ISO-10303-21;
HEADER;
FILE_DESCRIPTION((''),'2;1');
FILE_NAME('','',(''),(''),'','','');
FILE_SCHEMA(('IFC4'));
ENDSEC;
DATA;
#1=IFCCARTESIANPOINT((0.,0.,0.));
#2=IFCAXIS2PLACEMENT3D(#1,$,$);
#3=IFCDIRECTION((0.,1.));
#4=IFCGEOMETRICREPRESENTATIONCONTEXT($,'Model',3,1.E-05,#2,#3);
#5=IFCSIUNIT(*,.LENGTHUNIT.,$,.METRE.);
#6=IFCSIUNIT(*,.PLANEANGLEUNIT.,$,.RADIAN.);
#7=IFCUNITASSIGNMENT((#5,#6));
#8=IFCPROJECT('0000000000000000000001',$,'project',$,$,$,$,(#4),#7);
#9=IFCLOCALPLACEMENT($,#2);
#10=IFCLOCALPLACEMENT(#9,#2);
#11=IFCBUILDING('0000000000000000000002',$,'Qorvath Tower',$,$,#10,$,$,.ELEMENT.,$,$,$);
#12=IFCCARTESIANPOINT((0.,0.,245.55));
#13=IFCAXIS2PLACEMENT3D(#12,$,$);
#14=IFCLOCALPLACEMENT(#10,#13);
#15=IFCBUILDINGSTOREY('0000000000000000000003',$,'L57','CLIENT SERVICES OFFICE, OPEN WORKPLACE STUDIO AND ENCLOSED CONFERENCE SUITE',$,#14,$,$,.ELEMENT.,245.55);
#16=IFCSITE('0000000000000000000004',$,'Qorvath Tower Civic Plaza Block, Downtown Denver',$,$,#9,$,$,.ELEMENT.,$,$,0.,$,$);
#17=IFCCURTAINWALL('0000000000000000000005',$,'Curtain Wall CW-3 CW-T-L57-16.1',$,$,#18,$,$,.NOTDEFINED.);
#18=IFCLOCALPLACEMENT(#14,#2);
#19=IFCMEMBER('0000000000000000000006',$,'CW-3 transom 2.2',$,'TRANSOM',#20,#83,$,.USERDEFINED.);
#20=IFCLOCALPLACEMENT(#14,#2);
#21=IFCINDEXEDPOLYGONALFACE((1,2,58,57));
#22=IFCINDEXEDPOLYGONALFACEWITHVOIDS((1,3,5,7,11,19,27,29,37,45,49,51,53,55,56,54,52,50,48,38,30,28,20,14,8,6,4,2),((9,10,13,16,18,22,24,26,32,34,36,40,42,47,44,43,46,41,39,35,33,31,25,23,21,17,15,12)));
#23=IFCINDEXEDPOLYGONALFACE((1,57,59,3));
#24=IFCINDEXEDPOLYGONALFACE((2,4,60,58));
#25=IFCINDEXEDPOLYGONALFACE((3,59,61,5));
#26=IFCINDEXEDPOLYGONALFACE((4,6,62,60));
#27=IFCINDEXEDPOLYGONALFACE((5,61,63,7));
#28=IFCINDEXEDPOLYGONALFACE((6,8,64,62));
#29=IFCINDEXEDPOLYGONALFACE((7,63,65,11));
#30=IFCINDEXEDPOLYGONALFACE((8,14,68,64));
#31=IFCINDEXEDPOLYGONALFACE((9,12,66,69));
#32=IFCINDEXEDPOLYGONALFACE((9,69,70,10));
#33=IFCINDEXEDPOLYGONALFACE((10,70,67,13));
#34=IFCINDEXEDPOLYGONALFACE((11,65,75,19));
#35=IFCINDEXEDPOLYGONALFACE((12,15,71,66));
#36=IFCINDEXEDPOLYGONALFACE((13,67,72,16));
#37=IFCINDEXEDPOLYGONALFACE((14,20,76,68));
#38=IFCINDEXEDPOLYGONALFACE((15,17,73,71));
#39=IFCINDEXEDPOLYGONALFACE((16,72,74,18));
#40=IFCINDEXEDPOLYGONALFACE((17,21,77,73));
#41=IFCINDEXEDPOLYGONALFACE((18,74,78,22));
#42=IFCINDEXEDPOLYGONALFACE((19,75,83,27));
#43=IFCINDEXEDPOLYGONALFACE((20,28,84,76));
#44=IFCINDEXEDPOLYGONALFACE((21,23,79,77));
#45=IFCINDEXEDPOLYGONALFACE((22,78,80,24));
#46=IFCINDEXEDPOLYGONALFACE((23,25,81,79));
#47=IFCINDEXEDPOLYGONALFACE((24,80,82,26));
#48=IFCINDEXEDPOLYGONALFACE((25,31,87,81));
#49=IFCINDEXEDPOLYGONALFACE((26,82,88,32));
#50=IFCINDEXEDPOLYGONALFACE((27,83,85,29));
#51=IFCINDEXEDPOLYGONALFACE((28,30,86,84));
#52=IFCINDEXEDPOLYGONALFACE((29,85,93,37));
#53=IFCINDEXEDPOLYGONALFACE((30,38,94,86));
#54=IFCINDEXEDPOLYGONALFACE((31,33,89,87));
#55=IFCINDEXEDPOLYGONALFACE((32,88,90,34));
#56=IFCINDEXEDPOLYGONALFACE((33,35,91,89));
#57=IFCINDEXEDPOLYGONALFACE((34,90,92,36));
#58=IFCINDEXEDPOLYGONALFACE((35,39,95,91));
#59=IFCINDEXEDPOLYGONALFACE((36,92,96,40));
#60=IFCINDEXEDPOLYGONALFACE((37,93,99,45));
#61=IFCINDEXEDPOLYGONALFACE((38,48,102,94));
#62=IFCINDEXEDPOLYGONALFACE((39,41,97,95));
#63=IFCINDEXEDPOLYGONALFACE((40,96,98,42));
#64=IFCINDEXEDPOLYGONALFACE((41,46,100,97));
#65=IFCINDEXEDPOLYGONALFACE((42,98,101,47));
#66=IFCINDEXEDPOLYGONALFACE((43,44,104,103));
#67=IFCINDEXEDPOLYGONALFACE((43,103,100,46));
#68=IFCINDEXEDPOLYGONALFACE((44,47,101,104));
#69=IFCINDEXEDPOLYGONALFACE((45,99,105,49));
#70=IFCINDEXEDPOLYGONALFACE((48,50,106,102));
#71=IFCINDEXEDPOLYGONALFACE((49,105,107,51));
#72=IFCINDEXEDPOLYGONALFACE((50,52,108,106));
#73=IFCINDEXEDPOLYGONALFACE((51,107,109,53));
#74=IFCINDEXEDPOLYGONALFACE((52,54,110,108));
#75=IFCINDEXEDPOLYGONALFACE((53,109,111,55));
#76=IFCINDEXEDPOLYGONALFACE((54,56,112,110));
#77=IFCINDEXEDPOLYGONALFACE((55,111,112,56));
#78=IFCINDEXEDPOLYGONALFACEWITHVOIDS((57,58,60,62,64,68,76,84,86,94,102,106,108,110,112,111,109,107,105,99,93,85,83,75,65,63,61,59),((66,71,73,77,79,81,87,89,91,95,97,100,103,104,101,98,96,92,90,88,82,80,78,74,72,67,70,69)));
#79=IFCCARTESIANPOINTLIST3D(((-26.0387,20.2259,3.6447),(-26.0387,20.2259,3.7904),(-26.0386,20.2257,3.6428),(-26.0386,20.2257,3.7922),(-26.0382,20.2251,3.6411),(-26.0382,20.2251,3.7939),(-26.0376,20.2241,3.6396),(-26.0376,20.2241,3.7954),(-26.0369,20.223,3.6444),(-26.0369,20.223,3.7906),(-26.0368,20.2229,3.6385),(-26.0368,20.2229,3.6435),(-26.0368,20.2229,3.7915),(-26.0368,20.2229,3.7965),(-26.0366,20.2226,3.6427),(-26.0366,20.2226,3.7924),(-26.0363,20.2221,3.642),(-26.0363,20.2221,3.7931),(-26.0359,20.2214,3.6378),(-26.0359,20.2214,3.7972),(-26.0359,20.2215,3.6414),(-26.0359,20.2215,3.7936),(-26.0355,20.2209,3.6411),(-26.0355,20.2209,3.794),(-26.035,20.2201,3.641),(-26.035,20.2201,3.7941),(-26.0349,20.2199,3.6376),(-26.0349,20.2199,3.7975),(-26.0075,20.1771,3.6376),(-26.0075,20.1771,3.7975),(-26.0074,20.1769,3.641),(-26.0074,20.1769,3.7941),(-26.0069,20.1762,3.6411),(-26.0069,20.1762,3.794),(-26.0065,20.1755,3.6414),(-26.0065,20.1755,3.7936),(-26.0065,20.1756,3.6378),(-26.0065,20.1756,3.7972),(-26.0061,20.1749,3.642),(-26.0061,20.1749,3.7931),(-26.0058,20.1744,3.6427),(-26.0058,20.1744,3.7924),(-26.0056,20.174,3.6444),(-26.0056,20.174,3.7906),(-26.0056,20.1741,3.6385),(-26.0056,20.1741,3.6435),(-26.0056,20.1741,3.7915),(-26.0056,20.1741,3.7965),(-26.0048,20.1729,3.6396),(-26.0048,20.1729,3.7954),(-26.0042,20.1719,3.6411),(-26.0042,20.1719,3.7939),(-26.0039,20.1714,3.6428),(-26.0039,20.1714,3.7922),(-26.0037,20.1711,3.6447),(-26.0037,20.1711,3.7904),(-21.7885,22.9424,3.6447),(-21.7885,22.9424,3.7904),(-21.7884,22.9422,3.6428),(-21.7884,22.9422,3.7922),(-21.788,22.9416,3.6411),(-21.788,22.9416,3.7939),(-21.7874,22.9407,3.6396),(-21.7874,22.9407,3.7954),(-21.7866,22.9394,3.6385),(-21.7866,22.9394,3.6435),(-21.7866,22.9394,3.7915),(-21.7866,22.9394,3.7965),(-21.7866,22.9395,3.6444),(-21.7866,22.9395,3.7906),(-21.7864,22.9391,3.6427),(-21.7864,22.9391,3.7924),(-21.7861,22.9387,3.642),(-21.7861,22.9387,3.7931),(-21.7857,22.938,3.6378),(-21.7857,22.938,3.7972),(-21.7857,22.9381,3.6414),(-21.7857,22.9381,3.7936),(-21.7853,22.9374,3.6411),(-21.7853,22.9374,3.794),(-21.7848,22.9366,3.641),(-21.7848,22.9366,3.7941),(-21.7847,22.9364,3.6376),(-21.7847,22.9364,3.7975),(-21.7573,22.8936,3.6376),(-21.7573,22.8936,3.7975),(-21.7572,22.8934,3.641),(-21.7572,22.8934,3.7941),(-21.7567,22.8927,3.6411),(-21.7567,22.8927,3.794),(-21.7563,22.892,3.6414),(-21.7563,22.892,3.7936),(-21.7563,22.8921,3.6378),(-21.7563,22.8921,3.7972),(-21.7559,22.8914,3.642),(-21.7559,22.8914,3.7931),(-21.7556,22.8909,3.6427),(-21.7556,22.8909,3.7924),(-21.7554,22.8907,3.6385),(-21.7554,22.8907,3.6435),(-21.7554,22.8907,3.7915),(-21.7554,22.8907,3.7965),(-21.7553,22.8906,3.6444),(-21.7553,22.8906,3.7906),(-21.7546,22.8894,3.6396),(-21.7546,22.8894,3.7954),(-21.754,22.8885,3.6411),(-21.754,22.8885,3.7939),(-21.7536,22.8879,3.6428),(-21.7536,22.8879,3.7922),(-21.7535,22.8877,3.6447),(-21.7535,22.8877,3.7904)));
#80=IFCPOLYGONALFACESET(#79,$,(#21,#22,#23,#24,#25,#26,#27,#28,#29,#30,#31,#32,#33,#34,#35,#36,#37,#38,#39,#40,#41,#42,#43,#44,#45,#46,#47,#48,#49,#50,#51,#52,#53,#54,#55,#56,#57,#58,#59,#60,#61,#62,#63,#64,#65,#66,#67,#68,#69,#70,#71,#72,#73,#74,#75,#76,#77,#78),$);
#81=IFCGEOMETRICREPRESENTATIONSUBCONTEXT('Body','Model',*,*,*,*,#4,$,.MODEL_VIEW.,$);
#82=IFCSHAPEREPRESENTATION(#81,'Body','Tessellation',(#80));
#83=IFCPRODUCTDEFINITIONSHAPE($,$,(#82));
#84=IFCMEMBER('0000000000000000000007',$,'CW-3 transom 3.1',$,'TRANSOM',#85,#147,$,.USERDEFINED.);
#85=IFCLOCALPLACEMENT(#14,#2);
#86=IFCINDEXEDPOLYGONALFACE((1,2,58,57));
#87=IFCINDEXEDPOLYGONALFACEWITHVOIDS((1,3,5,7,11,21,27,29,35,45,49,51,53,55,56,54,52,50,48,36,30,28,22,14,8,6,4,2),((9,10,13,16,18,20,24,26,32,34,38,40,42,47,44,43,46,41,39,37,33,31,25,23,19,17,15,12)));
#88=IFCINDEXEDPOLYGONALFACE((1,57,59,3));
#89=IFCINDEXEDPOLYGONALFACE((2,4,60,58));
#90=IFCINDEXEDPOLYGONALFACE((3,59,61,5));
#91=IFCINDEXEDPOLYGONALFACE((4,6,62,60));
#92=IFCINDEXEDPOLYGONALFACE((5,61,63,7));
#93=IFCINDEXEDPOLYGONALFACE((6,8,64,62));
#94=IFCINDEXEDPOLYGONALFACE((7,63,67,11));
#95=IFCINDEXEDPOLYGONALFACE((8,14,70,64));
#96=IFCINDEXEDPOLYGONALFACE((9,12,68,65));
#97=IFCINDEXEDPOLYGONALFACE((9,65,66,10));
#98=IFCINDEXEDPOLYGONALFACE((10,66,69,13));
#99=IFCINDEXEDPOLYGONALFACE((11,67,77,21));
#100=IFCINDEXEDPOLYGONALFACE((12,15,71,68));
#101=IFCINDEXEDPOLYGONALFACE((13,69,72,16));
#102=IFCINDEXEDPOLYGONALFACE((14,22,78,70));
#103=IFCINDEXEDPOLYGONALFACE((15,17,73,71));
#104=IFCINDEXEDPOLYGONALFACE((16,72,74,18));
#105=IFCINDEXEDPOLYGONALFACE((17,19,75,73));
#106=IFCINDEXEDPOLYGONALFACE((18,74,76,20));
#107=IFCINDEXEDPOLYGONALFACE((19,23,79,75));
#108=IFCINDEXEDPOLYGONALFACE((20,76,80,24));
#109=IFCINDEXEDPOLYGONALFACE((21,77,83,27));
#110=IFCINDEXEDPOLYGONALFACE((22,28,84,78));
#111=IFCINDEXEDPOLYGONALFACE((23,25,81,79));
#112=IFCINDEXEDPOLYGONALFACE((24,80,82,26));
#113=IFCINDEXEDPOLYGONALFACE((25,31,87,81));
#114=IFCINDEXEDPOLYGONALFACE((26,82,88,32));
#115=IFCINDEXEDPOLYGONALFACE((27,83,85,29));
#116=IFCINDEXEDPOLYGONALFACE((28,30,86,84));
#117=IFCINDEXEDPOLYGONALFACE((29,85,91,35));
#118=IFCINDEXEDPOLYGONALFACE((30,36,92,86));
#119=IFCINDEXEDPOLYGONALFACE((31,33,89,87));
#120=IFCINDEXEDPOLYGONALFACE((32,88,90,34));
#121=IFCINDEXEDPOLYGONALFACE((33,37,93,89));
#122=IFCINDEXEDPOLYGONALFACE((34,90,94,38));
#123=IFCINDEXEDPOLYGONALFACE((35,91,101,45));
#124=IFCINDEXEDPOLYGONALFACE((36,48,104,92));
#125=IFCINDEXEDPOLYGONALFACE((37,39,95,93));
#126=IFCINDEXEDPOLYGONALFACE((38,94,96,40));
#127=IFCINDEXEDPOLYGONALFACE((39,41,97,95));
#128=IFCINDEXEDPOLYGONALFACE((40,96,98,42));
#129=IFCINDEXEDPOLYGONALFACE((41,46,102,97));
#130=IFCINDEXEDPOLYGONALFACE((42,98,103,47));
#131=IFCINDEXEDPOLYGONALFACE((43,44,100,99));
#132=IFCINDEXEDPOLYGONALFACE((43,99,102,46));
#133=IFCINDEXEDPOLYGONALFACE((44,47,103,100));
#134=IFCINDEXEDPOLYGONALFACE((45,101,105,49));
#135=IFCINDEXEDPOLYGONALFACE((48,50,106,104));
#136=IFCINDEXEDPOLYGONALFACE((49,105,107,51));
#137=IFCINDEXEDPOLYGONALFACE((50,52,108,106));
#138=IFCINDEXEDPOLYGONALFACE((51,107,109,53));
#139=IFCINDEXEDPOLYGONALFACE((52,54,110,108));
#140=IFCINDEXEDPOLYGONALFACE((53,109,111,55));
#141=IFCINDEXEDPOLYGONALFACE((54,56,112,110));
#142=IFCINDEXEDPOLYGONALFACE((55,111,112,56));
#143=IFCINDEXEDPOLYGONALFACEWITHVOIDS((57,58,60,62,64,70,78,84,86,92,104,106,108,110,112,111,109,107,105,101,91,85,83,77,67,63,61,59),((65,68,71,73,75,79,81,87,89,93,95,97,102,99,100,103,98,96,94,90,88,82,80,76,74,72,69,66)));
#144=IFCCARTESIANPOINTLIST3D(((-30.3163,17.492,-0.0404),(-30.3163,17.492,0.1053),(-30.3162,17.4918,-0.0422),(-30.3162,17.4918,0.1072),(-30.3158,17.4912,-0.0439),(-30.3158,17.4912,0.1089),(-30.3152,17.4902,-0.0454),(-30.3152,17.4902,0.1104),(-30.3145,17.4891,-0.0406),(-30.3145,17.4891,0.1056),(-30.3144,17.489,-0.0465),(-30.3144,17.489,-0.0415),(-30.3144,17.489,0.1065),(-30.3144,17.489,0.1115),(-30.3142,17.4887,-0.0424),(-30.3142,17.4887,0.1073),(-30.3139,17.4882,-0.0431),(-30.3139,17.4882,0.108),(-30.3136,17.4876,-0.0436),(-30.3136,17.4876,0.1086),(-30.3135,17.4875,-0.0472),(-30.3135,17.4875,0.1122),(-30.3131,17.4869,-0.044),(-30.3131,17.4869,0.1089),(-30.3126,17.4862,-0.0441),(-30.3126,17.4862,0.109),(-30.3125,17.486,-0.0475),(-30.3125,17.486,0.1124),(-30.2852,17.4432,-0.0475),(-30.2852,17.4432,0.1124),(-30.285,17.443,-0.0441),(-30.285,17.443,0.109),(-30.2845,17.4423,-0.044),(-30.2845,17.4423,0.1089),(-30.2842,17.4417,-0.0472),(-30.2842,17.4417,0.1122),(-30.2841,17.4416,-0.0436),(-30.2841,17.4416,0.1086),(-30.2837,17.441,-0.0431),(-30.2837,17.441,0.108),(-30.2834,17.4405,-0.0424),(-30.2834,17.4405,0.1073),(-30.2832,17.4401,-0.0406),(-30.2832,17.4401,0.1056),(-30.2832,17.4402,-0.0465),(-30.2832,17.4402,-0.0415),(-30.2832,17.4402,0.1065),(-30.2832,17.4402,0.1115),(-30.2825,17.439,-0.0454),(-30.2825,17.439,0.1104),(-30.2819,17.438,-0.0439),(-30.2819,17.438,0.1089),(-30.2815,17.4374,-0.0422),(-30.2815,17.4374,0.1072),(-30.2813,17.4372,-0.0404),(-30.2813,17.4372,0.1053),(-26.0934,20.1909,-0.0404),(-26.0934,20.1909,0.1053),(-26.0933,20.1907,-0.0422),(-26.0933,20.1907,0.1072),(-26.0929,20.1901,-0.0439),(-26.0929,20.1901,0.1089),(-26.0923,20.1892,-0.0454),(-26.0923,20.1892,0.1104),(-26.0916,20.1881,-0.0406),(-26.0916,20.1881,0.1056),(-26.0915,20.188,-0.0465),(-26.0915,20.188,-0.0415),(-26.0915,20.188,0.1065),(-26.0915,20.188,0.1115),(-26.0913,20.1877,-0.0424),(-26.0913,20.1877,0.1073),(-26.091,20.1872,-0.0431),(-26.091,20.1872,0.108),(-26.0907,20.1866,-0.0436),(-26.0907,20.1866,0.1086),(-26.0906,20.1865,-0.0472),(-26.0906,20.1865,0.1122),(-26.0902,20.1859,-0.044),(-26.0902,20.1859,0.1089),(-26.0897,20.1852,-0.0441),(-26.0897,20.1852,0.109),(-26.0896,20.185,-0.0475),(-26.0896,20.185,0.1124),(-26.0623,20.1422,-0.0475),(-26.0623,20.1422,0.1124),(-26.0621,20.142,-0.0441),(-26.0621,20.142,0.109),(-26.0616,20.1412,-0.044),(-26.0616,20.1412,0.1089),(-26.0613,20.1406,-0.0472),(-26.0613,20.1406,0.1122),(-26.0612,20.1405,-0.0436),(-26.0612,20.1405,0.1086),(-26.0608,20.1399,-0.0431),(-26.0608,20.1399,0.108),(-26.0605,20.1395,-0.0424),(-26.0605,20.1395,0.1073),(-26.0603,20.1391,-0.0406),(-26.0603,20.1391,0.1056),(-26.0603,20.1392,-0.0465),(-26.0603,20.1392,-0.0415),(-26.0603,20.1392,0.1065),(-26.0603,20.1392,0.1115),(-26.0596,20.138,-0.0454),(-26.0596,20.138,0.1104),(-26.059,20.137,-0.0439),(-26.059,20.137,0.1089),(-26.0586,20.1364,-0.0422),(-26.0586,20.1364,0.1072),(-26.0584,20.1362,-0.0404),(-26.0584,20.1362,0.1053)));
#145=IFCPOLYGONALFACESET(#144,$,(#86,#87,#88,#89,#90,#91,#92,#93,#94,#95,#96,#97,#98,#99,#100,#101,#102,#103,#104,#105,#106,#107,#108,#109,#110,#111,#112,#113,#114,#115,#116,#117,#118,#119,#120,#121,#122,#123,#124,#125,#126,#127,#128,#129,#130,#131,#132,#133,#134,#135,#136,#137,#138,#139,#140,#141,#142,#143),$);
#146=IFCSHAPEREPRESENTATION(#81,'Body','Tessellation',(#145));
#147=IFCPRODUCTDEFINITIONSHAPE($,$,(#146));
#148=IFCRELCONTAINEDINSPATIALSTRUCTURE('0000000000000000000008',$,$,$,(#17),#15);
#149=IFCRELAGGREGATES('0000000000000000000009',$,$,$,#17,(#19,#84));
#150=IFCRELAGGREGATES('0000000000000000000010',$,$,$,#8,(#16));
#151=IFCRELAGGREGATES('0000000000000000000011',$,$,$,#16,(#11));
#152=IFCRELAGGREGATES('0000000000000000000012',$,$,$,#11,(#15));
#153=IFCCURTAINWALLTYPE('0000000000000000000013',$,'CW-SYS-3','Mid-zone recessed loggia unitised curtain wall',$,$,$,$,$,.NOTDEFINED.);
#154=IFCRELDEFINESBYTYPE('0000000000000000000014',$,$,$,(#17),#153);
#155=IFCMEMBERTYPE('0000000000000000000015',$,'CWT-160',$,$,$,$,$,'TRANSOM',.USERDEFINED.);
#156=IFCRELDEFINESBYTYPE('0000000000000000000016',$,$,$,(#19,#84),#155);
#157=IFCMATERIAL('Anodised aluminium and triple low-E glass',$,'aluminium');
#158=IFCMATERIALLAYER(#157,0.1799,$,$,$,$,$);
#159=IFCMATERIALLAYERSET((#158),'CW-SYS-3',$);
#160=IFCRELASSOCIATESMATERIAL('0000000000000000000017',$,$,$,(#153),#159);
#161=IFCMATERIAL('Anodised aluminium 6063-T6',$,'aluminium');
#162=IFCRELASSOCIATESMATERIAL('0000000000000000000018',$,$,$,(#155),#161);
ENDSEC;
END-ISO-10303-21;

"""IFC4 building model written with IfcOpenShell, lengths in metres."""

from ifc_helpers import new_model, si_unit, direction, frame, origin, origin_2d, place, context, subcontext, project, spatial, hollow_rectangle, extrude, material, layer, layer_set, material_profile, profile_set, type_object, element, aggregate, save


model = new_model("IFC4")

# Units and contexts
model_context = context("Model", 3, precision=1e-05, world=origin(), true_north=direction((0.0, 1.0)))
body_context = subcontext(model_context, "Body", "Model", "MODEL_VIEW")
ifc_project = project(units=[si_unit("LENGTHUNIT", "METRE"), si_unit("PLANEANGLEUNIT", "RADIAN")], contexts=[model_context])

# Site, building, storey
site_placement = place(None, origin())
site = spatial("IfcSite", under=ifc_project, at=site_placement, Name="Qorvath Tower Civic Plaza Block, Downtown Denver", CompositionType="ELEMENT", RefElevation=0.0)
building_placement = place(site_placement, origin())
building = spatial("IfcBuilding", under=site, at=building_placement, Name="Qorvath Tower", CompositionType="ELEMENT")
storey_placement = place(building_placement, frame((0.0, 0.0, 245.55)))
storey = spatial("IfcBuildingStorey", under=building, at=storey_placement, Name="L57", Description="CLIENT SERVICES OFFICE, OPEN WORKPLACE STUDIO AND ENCLOSED CONFERENCE SUITE", CompositionType="ELEMENT", Elevation=245.55)

# Curtain wall
ifc_material_1 = material(Name="Anodised aluminium and triple low-E glass", Category="aluminium")
ifc_layer_1 = layer(ifc_material_1, 0.1799)
ifc_layer_set_1 = layer_set([ifc_layer_1], Name="CW-SYS-3")
curtain_wall_type = type_object("IfcCurtainWallType", Name="CW-SYS-3", Description="Mid-zone recessed loggia unitised curtain wall", PredefinedType="NOTDEFINED", material=ifc_layer_set_1)
curtain_wall_1_placement = place(storey_placement, origin())
curtain_wall_1 = element("IfcCurtainWall", 1, at=curtain_wall_1_placement, inside=storey, type_object=curtain_wall_type, Name="Curtain Wall CW-3 CW-T-L57-16.1", PredefinedType="NOTDEFINED")

# Members
ifc_material_2 = material(Name="Anodised aluminium 6063-T6", Category="aluminium")
ifc_material_profile_1 = material_profile(ifc_material_2, hollow_rectangle(XDim=0.0649, YDim=0.1599, WallThickness=0.0034, InnerFilletRadius=0.0034, OuterFilletRadius=0.0071, at=origin_2d()), Name="CWT 160x65")
ifc_profile_set_1 = profile_set([ifc_material_profile_1], Name="Anodised aluminium 6063-T6")
member_type_1 = type_object("IfcMemberType", Name="CWT-160", ElementType="TRANSOM", PredefinedType="USERDEFINED", material=ifc_profile_set_1)
member_1_placement = place(storey_placement, frame((-21.771, 22.915, 3.7175), z_axis=(-0.842596, -0.538547, 0.0), x_axis=(0.538547, -0.842596, 0.0)))
member_1 = element("IfcMember", 2, at=member_1_placement, type_object=member_type_1, Name="CW-3 transom 2.2", ObjectType="TRANSOM", PredefinedType="USERDEFINED", context=body_context, shape_type="SweptSolid", body=[
    extrude(hollow_rectangle(XDim=0.0649, YDim=0.1599, WallThickness=0.0034, InnerFilletRadius=0.0034, OuterFilletRadius=0.0071, at=origin_2d()), origin(), (0.0, 0.0, 1.0), 5.0442),
])
member_2_placement = place(storey_placement, frame((-26.0759, 20.1636, 0.0325), z_axis=(-0.842605, -0.538532, 0.0), x_axis=(0.538532, -0.842605, 0.0)))
member_2 = element("IfcMember", 3, at=member_2_placement, type_object=member_type_1, Name="CW-3 transom 3.1", ObjectType="TRANSOM", PredefinedType="USERDEFINED", context=body_context, shape_type="SweptSolid", body=[
    extrude(hollow_rectangle(XDim=0.0649, YDim=0.1599, WallThickness=0.0034, InnerFilletRadius=0.0034, OuterFilletRadius=0.0071, at=origin_2d()), origin(), (0.0, 0.0, 1.0), 5.0117),
])

aggregate(curtain_wall_1, [member_1, member_2])

save(model, "model.ifc")
